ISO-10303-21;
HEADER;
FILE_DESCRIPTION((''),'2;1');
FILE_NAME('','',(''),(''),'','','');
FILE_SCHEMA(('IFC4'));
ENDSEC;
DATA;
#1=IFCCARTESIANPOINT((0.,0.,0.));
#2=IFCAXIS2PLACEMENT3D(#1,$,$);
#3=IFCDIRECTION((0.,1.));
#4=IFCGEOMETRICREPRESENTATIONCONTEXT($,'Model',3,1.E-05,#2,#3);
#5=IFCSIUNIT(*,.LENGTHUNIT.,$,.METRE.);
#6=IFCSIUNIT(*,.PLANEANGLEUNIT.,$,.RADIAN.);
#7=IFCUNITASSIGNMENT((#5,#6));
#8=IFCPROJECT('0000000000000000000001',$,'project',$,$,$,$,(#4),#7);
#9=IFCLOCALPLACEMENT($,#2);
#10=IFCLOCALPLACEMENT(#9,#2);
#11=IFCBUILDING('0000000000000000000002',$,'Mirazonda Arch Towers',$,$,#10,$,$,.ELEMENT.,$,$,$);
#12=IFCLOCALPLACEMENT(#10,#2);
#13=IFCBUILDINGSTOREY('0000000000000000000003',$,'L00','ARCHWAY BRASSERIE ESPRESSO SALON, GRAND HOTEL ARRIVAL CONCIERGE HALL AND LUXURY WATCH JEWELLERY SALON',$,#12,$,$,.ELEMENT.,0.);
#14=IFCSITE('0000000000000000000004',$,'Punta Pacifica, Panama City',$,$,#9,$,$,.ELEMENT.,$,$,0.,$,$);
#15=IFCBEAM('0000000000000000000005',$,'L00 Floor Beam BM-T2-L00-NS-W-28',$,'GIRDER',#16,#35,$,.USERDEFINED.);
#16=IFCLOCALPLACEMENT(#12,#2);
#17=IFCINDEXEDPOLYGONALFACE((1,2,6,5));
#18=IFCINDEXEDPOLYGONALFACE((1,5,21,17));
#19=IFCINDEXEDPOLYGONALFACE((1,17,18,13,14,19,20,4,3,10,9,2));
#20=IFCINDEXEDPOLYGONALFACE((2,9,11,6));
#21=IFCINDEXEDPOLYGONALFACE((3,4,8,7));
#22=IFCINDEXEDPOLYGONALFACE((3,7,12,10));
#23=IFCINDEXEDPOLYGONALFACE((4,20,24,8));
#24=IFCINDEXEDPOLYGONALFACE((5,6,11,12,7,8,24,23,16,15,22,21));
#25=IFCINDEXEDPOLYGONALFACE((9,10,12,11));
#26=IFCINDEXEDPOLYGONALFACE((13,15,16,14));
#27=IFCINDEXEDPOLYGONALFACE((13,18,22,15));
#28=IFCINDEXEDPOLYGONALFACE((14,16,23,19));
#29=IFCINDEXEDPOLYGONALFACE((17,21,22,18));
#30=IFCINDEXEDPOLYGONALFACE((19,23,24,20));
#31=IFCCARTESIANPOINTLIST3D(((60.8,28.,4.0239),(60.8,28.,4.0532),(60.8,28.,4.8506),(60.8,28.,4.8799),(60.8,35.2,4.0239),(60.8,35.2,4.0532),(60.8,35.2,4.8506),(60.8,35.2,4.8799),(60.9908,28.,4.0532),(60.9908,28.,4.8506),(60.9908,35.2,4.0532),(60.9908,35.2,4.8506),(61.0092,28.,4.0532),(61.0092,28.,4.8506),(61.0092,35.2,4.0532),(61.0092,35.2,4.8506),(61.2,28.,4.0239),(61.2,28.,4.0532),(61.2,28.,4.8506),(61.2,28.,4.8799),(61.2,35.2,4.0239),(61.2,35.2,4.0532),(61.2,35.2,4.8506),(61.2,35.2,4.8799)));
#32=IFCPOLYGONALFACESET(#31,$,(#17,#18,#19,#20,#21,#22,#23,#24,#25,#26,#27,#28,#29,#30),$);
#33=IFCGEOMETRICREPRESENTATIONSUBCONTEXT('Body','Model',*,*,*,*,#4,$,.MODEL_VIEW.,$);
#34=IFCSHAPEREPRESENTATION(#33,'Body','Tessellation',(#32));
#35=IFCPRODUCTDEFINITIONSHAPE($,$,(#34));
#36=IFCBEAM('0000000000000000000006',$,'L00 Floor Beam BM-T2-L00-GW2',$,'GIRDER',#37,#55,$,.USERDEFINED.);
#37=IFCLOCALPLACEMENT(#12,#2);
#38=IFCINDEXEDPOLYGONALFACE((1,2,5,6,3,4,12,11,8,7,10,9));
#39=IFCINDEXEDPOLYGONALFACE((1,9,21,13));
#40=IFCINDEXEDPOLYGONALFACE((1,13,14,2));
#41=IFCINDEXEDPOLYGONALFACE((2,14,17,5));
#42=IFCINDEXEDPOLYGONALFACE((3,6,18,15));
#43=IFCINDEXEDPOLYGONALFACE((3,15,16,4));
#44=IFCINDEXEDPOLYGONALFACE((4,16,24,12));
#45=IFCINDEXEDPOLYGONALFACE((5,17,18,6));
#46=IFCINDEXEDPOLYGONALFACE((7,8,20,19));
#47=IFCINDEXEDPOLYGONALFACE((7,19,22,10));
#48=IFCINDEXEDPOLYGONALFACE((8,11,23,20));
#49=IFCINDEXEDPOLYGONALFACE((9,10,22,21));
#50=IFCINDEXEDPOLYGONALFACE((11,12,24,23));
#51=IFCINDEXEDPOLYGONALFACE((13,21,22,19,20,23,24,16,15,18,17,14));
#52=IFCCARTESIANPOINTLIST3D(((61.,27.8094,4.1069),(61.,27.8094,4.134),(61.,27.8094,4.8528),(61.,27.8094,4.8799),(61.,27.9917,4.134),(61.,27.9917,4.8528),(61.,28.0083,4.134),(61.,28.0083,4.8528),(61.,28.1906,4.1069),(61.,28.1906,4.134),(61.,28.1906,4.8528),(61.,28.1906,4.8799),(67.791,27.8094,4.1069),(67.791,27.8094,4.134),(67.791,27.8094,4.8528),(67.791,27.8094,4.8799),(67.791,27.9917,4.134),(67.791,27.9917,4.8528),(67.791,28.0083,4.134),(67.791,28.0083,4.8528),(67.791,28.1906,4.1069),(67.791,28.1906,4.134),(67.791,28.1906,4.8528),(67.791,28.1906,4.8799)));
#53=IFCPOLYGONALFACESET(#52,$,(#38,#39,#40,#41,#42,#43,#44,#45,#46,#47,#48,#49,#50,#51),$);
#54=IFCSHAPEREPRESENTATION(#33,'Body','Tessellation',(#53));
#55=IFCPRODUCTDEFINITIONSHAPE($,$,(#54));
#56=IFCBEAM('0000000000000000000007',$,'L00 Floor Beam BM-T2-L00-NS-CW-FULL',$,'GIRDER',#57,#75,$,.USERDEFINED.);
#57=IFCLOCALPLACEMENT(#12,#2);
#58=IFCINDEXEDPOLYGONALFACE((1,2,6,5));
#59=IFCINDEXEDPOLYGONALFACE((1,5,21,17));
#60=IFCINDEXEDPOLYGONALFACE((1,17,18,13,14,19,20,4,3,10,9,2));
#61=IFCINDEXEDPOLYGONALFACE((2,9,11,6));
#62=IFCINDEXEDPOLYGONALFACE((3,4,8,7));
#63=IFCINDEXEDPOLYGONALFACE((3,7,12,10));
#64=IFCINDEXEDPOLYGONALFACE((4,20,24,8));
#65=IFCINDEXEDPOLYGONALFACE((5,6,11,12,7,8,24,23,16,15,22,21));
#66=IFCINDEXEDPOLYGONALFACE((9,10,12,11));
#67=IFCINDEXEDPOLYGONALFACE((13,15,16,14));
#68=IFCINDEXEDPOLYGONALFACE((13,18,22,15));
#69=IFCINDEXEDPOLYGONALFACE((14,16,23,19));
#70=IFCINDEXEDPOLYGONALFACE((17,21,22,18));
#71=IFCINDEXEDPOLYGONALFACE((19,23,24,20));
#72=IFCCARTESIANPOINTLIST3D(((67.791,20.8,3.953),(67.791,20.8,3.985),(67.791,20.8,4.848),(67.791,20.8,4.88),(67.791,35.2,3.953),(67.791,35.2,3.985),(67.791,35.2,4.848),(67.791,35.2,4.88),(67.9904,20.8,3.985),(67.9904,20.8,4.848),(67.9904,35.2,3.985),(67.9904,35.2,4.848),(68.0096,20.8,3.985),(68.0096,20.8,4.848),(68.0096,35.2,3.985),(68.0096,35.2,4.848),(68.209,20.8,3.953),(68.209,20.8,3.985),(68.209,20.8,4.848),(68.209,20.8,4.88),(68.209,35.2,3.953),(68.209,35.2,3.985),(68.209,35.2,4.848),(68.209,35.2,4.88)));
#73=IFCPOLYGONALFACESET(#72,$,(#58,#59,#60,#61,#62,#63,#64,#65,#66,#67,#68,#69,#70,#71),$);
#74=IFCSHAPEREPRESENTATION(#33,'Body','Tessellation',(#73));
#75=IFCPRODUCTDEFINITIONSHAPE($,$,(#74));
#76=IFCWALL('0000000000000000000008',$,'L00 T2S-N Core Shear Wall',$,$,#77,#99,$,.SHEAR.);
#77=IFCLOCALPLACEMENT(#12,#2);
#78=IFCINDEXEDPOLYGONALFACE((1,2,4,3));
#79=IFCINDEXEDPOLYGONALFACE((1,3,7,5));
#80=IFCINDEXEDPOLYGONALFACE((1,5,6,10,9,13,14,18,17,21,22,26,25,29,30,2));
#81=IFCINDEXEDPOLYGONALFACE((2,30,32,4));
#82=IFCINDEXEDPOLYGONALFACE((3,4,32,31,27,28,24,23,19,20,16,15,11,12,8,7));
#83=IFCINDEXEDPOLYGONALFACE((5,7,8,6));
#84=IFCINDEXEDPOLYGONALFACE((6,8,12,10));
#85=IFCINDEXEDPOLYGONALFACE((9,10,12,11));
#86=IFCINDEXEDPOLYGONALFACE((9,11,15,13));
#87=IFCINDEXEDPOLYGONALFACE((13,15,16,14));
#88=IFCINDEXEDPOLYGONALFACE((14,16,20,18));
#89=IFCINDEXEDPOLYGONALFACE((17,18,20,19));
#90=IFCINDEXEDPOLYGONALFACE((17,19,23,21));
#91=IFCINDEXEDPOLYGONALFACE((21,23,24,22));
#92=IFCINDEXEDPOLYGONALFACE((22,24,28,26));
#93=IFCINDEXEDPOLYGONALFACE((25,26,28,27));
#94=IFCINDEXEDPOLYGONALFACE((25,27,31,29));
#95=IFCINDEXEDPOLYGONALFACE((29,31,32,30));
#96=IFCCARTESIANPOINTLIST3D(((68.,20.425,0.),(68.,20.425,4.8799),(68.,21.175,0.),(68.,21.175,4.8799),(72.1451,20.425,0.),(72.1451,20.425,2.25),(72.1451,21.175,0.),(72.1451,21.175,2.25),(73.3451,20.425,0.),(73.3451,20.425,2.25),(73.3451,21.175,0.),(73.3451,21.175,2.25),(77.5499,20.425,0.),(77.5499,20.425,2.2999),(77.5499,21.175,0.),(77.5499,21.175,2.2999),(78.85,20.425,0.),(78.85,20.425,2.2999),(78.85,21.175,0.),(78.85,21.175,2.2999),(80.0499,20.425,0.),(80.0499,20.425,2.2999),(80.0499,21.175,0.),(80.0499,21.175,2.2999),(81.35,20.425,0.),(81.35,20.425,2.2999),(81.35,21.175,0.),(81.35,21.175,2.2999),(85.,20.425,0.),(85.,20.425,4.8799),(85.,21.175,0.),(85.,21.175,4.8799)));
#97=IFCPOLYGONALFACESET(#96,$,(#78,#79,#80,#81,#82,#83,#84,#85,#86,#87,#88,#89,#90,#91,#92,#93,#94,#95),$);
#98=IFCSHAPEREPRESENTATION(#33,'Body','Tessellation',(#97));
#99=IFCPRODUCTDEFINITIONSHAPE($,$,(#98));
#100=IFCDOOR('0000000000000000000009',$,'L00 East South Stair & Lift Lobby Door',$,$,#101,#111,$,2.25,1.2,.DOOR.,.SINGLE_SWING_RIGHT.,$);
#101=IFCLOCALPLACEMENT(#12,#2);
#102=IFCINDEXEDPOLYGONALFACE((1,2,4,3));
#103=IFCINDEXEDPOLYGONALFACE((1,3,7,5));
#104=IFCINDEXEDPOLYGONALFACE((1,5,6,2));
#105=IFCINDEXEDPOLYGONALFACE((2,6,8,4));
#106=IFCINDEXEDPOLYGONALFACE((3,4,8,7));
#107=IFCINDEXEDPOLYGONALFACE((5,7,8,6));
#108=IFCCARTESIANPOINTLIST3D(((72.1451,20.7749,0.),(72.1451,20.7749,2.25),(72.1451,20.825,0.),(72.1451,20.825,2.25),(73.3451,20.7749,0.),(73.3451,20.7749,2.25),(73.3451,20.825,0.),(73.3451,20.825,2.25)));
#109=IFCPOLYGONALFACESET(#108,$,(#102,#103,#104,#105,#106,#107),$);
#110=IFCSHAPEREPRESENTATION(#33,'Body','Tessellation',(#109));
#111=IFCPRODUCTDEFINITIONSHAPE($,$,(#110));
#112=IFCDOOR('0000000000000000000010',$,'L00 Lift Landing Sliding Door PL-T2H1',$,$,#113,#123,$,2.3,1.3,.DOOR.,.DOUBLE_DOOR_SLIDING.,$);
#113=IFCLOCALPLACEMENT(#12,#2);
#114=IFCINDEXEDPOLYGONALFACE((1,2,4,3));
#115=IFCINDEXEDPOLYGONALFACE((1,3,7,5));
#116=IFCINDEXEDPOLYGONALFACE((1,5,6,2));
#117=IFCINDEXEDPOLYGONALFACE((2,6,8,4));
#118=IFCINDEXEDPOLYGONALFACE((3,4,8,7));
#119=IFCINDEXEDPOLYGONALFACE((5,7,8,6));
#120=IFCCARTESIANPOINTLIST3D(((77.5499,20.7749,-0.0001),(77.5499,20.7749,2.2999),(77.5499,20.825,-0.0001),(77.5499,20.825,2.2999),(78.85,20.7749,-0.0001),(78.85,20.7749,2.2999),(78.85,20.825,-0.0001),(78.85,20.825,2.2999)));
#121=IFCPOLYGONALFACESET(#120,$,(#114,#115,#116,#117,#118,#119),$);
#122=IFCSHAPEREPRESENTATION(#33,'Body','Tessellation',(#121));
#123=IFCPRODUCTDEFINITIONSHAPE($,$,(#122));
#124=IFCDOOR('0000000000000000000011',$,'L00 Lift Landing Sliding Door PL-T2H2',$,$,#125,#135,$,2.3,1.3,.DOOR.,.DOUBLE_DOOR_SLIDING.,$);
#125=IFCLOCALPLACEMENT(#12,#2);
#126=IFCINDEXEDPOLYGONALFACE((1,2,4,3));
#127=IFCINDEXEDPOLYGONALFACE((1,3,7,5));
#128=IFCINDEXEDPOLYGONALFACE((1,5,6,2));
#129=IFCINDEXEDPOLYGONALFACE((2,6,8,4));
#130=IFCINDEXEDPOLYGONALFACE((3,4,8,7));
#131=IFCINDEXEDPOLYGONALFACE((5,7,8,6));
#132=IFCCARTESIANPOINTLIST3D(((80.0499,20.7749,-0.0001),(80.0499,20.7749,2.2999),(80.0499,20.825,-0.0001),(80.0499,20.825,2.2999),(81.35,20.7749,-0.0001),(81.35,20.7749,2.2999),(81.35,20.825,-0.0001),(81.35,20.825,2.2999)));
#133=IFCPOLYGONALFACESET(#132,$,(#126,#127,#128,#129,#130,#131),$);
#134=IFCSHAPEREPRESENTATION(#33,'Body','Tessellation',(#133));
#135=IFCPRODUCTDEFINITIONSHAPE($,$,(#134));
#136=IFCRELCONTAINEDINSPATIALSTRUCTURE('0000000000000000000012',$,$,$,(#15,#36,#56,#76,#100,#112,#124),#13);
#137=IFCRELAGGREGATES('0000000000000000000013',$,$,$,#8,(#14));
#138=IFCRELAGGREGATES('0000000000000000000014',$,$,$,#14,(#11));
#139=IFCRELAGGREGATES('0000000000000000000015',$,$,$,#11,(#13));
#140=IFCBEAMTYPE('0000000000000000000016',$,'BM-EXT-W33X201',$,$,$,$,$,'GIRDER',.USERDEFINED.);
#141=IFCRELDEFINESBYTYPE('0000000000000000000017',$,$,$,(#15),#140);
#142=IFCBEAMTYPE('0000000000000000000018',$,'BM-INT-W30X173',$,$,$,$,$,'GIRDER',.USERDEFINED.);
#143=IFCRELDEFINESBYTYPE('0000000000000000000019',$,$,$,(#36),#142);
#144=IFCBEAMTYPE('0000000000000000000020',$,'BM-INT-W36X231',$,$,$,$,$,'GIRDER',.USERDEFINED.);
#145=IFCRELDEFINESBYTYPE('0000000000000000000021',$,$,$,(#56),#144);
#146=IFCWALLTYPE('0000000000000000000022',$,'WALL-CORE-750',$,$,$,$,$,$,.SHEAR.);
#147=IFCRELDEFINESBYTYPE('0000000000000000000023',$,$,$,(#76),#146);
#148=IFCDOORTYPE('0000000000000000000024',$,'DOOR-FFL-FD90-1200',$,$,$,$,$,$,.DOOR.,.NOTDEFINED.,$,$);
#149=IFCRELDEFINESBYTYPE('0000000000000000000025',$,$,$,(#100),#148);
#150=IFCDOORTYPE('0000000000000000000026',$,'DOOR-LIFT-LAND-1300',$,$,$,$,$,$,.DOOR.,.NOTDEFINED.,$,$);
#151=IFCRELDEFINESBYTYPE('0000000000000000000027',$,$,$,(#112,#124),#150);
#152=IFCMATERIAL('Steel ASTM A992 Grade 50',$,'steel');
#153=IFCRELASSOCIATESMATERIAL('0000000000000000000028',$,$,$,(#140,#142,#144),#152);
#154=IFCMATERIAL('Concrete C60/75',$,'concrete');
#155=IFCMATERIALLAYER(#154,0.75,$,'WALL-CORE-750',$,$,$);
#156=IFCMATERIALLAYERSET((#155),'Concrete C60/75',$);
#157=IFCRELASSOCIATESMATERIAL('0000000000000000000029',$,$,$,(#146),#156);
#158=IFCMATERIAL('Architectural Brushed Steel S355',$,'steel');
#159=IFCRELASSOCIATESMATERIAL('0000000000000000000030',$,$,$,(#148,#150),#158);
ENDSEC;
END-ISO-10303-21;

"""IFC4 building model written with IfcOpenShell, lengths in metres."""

from ifc_helpers import new_model, si_unit, direction, frame, frame_2d, origin, origin_2d, place, context, subcontext, project, spatial, rectangle, i_section, extrude, material, layer, layer_set, material_profile, profile_set, type_object, element, fill, save


model = new_model("IFC4")

# Units and contexts
model_context = context("Model", 3, precision=1e-05, world=origin(), true_north=direction((0.0, 1.0)))
body_context = subcontext(model_context, "Body", "Model", "MODEL_VIEW")
ifc_project = project(units=[si_unit("LENGTHUNIT", "METRE"), si_unit("PLANEANGLEUNIT", "RADIAN")], contexts=[model_context])

# Site, building, storey
site_placement = place(None, origin())
site = spatial("IfcSite", under=ifc_project, at=site_placement, Name="Punta Pacifica, Panama City", CompositionType="ELEMENT", RefElevation=0.0)
building_placement = place(site_placement, origin())
building = spatial("IfcBuilding", under=site, at=building_placement, Name="Mirazonda Arch Towers", CompositionType="ELEMENT")
storey_placement = place(building_placement, origin())
storey = spatial("IfcBuildingStorey", under=building, at=storey_placement, Name="L00", Description="ARCHWAY BRASSERIE ESPRESSO SALON, GRAND HOTEL ARRIVAL CONCIERGE HALL AND LUXURY WATCH JEWELLERY SALON", CompositionType="ELEMENT", Elevation=0.0)

# Beams
ifc_material_1 = material(Name="Steel ASTM A992 Grade 50", Category="steel")
ifc_material_profile_1 = material_profile(ifc_material_1, i_section(OverallWidth=0.3999, OverallDepth=0.856, WebThickness=0.0183, FlangeThickness=0.0293, at=origin_2d()), Name="W33X201")
ifc_profile_set_1 = profile_set([ifc_material_profile_1], Name="Steel ASTM A992 Grade 50")
beam_type_1 = type_object("IfcBeamType", Name="BM-EXT-W33X201", ElementType="GIRDER", PredefinedType="USERDEFINED", material=ifc_profile_set_1)
beam_1_placement = place(storey_placement, frame((61.0, 28.0, 4.4519), z_axis=(0.0, 1.0, 0.0), x_axis=(-1.0, 0.0, 0.0)))
element("IfcBeam", 1, at=beam_1_placement, inside=storey, type_object=beam_type_1, Name="L00 Floor Beam BM-T2-L00-NS-W-28", ObjectType="GIRDER", PredefinedType="USERDEFINED", context=body_context, shape_type="SweptSolid", body=[
    extrude(i_section(OverallWidth=0.3999, OverallDepth=0.856, WebThickness=0.0183, FlangeThickness=0.0293, at=origin_2d()), origin(), (0.0, 0.0, 1.0), 7.2),
])
ifc_material_profile_2 = material_profile(ifc_material_1, i_section(OverallWidth=0.3811, OverallDepth=0.7729, WebThickness=0.0166, FlangeThickness=0.0271, at=origin_2d()), Name="W30X173")
ifc_profile_set_2 = profile_set([ifc_material_profile_2], Name="Steel ASTM A992 Grade 50")
beam_type_2 = type_object("IfcBeamType", Name="BM-INT-W30X173", ElementType="GIRDER", PredefinedType="USERDEFINED", material=ifc_profile_set_2)
beam_2_placement = place(storey_placement, frame((61.0, 28.0, 4.4934), z_axis=(1.0, 0.0, 0.0), x_axis=(0.0, 1.0, 0.0)))
element("IfcBeam", 2, at=beam_2_placement, inside=storey, type_object=beam_type_2, Name="L00 Floor Beam BM-T2-L00-GW2", ObjectType="GIRDER", PredefinedType="USERDEFINED", context=body_context, shape_type="SweptSolid", body=[
    extrude(i_section(OverallWidth=0.3811, OverallDepth=0.7729, WebThickness=0.0166, FlangeThickness=0.0271, at=origin_2d()), origin(), (0.0, 0.0, 1.0), 6.791),
])
ifc_material_profile_3 = material_profile(ifc_material_1, i_section(OverallWidth=0.418, OverallDepth=0.927, WebThickness=0.0193, FlangeThickness=0.032, at=origin_2d()), Name="W36X231")
ifc_profile_set_3 = profile_set([ifc_material_profile_3], Name="Steel ASTM A992 Grade 50")
beam_type_3 = type_object("IfcBeamType", Name="BM-INT-W36X231", ElementType="GIRDER", PredefinedType="USERDEFINED", material=ifc_profile_set_3)
beam_3_placement = place(storey_placement, frame((68.0, 20.8, 4.4165), z_axis=(0.0, 1.0, 0.0), x_axis=(-1.0, 0.0, 0.0)))
element("IfcBeam", 3, at=beam_3_placement, inside=storey, type_object=beam_type_3, Name="L00 Floor Beam BM-T2-L00-NS-CW-FULL", ObjectType="GIRDER", PredefinedType="USERDEFINED", context=body_context, shape_type="SweptSolid", body=[
    extrude(i_section(OverallWidth=0.418, OverallDepth=0.927, WebThickness=0.0193, FlangeThickness=0.032, at=origin_2d()), origin(), (0.0, 0.0, 1.0), 14.3999),
])

# Wall, openings, doors
ifc_material_2 = material(Name="Concrete C60/75", Category="concrete")
ifc_layer_1 = layer(ifc_material_2, 0.75, Name="WALL-CORE-750")
ifc_layer_set_1 = layer_set([ifc_layer_1], Name="Concrete C60/75")
wall_type_1 = type_object("IfcWallType", Name="WALL-CORE-750", PredefinedType="SHEAR", material=ifc_layer_set_1)
wall_1_placement = place(storey_placement, frame((68.0, 20.8, 0.0), z_axis=(0.0, 0.0, 1.0), x_axis=(1.0, 0.0, 0.0)))
wall_1 = element("IfcWall", 4, at=wall_1_placement, inside=storey, type_object=wall_type_1, Name="L00 T2S-N Core Shear Wall", PredefinedType="SHEAR", context=body_context, shape_type="SweptSolid", body=[
    extrude(rectangle(XDim=17.0, YDim=0.75, at=frame_2d((8.5, 0.0))), origin(), (0.0, 0.0, 1.0), 4.8799),
])
opening_1_placement = place(wall_1_placement, frame((4.145, 0.0, 0.0)))
opening_1 = element("IfcOpeningElement", 5, at=opening_1_placement, cuts=wall_1, PredefinedType="OPENING", context=body_context, shape_type="SweptSolid", body=[
    extrude(rectangle(XDim=1.2, YDim=2.25, at=frame_2d((0.6001, 1.125))), frame((0.0, 0.385, 0.0), z_axis=(0.0, -1.0, 0.0), x_axis=(1.0, 0.0, 0.0)), (0.0, 0.0, 1.0), 0.77),
])
opening_2_placement = place(wall_1_placement, frame((9.55, 0.0, 0.0)))
opening_2 = element("IfcOpeningElement", 6, at=opening_2_placement, cuts=wall_1, PredefinedType="OPENING", context=body_context, shape_type="SweptSolid", body=[
    extrude(rectangle(XDim=1.3, YDim=2.3, at=frame_2d((0.6499, 1.1499))), frame((0.0, 0.385, 0.0), z_axis=(0.0, -1.0, 0.0), x_axis=(1.0, 0.0, 0.0)), (0.0, 0.0, 1.0), 0.77),
])
opening_3_placement = place(wall_1_placement, frame((12.05, 0.0, 0.0)))
opening_3 = element("IfcOpeningElement", 7, at=opening_3_placement, cuts=wall_1, PredefinedType="OPENING", context=body_context, shape_type="SweptSolid", body=[
    extrude(rectangle(XDim=1.3, YDim=2.3, at=frame_2d((0.6499, 1.1499))), frame((0.0, 0.385, 0.0), z_axis=(0.0, -1.0, 0.0), x_axis=(1.0, 0.0, 0.0)), (0.0, 0.0, 1.0), 0.77),
])
ifc_material_3 = material(Name="Architectural Brushed Steel S355", Category="steel")
door_type_1 = type_object("IfcDoorType", Name="DOOR-FFL-FD90-1200", OperationType="NOTDEFINED", PredefinedType="DOOR", material=ifc_material_3)
door_1_placement = place(opening_1_placement, origin())
door_1 = element("IfcDoor", 8, at=door_1_placement, inside=storey, type_object=door_type_1, Name="L00 East South Stair & Lift Lobby Door", OperationType="SINGLE_SWING_RIGHT", OverallHeight=2.25, OverallWidth=1.2, PredefinedType="DOOR", context=body_context, shape_type="SweptSolid", body=[
    extrude(rectangle(XDim=1.2, YDim=2.25, at=frame_2d((0.6001, 1.125))), frame((0.0, 0.0249, 0.0), z_axis=(0.0, -1.0, 0.0), x_axis=(1.0, 0.0, 0.0)), (0.0, 0.0, 1.0), 0.05),
])
fill(opening_1, door_1)
door_type_2 = type_object("IfcDoorType", Name="DOOR-LIFT-LAND-1300", OperationType="NOTDEFINED", PredefinedType="DOOR", material=ifc_material_3)
door_2_placement = place(opening_2_placement, origin())
door_2 = element("IfcDoor", 9, at=door_2_placement, inside=storey, type_object=door_type_2, Name="L00 Lift Landing Sliding Door PL-T2H1", OperationType="DOUBLE_DOOR_SLIDING", OverallHeight=2.3, OverallWidth=1.3, PredefinedType="DOOR", context=body_context, shape_type="SweptSolid", body=[
    extrude(rectangle(XDim=1.3, YDim=2.3, at=frame_2d((0.6499, 1.1499))), frame((0.0, 0.0249, 0.0), z_axis=(0.0, -1.0, 0.0), x_axis=(1.0, 0.0, 0.0)), (0.0, 0.0, 1.0), 0.05),
])
fill(opening_2, door_2)
door_3_placement = place(opening_3_placement, origin())
door_3 = element("IfcDoor", 10, at=door_3_placement, inside=storey, type_object=door_type_2, Name="L00 Lift Landing Sliding Door PL-T2H2", OperationType="DOUBLE_DOOR_SLIDING", OverallHeight=2.3, OverallWidth=1.3, PredefinedType="DOOR", context=body_context, shape_type="SweptSolid", body=[
    extrude(rectangle(XDim=1.3, YDim=2.3, at=frame_2d((0.6499, 1.1499))), frame((0.0, 0.0249, 0.0), z_axis=(0.0, -1.0, 0.0), x_axis=(1.0, 0.0, 0.0)), (0.0, 0.0, 1.0), 0.05),
])
fill(opening_3, door_3)

save(model, "model.ifc")
